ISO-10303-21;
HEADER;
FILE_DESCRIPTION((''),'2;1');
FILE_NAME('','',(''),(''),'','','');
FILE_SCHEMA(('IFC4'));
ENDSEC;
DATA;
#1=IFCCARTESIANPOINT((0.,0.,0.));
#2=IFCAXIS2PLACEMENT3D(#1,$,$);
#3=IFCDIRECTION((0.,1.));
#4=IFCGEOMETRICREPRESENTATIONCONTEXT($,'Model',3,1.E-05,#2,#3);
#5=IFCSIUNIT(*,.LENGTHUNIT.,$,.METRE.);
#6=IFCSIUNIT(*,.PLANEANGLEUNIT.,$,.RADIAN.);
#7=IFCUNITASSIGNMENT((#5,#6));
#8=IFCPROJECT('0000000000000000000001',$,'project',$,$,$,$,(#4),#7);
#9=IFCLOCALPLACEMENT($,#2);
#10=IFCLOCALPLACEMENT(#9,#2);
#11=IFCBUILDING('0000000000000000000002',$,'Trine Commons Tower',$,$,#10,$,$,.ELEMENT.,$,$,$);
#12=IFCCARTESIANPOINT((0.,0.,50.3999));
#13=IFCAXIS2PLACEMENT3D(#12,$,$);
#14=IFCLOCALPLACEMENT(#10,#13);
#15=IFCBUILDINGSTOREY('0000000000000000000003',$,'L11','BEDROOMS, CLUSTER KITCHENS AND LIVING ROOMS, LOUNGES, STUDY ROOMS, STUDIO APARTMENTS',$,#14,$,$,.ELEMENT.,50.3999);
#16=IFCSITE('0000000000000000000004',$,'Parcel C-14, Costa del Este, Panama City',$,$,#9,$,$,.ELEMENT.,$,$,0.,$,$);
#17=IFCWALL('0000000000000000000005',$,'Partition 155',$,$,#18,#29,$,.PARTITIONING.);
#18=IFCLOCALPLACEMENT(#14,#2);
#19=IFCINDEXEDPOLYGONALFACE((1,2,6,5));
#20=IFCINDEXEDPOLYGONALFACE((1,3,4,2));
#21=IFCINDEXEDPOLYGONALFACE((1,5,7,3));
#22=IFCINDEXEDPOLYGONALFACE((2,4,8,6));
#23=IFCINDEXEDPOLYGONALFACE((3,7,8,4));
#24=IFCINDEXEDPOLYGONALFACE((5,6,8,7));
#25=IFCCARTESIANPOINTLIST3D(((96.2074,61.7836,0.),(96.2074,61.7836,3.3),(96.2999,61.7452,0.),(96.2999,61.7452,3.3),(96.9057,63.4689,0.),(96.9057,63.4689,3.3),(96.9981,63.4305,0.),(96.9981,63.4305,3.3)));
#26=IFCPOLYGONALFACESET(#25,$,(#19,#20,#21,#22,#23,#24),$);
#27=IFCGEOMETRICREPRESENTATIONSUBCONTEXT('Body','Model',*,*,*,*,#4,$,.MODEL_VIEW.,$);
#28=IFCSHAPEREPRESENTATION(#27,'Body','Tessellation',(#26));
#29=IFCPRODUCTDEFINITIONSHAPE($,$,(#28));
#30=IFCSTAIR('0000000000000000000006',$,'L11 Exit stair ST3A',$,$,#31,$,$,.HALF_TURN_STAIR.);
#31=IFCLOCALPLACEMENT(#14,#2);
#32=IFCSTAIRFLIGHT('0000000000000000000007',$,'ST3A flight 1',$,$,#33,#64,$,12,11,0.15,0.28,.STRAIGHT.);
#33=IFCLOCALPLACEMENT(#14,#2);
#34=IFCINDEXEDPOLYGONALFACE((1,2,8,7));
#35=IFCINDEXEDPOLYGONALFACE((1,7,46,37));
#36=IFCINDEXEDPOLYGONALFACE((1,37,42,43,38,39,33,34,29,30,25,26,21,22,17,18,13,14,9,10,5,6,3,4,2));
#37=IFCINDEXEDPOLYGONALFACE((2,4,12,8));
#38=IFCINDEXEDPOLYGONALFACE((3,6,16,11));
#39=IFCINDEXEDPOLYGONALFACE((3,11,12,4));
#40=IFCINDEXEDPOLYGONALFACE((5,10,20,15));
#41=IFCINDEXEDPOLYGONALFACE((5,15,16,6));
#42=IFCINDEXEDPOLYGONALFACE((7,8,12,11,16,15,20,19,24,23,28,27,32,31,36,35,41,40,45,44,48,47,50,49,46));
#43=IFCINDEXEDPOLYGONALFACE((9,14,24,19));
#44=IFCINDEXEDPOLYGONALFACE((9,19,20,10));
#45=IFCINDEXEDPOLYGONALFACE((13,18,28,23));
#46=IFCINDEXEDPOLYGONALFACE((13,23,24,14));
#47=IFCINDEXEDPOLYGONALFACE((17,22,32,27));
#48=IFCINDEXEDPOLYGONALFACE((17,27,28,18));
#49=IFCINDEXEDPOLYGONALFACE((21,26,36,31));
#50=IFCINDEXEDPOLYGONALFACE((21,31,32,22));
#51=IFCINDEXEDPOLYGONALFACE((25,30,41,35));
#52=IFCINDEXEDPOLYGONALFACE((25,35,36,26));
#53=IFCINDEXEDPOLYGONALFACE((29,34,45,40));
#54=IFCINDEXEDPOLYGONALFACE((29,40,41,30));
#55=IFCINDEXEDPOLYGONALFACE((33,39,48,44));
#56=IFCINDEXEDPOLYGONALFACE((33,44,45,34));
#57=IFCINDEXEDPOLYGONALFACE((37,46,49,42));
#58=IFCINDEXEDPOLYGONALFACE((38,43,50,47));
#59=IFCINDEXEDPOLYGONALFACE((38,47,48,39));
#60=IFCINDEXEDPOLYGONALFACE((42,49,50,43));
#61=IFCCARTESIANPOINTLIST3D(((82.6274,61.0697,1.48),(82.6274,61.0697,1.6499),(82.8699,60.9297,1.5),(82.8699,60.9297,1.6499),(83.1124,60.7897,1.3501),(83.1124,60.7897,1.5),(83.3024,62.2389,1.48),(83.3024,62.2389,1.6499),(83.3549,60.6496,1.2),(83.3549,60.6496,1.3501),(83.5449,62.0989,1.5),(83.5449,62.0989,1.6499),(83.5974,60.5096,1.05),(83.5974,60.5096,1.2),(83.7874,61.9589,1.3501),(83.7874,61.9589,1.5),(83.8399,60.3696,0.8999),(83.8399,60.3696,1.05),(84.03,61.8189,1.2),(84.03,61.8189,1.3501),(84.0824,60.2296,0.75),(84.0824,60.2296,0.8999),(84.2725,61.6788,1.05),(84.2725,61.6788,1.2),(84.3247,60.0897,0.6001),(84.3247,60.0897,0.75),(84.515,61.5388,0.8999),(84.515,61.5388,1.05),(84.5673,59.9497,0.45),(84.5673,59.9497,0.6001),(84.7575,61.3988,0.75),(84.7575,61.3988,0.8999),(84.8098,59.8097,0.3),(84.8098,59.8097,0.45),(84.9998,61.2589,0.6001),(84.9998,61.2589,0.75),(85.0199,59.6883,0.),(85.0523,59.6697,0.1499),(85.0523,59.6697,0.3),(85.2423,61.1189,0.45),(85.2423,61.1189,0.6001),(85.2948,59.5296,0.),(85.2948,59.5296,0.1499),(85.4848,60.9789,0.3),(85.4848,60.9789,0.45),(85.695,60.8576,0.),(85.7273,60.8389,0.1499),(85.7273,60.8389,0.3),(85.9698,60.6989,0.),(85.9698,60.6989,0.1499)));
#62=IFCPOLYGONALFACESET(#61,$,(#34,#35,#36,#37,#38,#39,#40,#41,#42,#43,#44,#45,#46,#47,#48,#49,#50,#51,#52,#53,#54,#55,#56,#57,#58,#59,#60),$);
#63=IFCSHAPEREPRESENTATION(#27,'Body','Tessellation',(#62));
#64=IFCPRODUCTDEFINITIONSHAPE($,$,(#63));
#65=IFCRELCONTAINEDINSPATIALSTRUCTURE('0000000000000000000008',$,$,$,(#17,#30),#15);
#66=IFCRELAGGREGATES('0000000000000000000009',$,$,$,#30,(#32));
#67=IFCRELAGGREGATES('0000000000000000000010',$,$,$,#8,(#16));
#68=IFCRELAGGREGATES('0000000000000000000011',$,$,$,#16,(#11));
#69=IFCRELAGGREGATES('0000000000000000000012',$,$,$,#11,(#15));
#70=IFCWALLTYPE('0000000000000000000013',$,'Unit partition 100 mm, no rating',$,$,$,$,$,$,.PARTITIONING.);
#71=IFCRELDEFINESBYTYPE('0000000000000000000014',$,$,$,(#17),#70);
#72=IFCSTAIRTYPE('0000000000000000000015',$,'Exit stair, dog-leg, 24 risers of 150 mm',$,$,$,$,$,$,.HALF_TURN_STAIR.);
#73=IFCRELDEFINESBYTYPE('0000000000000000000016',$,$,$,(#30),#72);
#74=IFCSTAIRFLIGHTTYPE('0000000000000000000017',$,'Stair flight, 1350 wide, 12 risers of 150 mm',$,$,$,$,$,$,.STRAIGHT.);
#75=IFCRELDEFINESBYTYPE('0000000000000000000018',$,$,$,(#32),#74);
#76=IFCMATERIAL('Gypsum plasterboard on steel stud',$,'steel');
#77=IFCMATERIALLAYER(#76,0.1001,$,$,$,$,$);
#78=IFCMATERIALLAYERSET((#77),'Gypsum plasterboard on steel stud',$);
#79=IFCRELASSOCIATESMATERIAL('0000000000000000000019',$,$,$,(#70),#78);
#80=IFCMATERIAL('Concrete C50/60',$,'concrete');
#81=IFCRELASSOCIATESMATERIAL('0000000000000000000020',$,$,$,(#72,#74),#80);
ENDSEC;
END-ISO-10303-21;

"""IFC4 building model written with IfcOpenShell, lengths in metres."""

from ifc_helpers import new_model, si_unit, direction, frame, frame_2d, origin, place, context, subcontext, project, spatial, polyline, rectangle, outline, extrude, material, layer, layer_set, type_object, element, aggregate, save


model = new_model("IFC4")

# Units and contexts
model_context = context("Model", 3, precision=1e-05, world=origin(), true_north=direction((0.0, 1.0)))
body_context = subcontext(model_context, "Body", "Model", "MODEL_VIEW")
ifc_project = project(units=[si_unit("LENGTHUNIT", "METRE"), si_unit("PLANEANGLEUNIT", "RADIAN")], contexts=[model_context])

# Site, building, storey
site_placement = place(None, origin())
site = spatial("IfcSite", under=ifc_project, at=site_placement, Name="Parcel C-14, Costa del Este, Panama City", CompositionType="ELEMENT", RefElevation=0.0)
building_placement = place(site_placement, origin())
building = spatial("IfcBuilding", under=site, at=building_placement, Name="Trine Commons Tower", CompositionType="ELEMENT")
storey_placement = place(building_placement, frame((0.0, 0.0, 50.3999)))
storey = spatial("IfcBuildingStorey", under=building, at=storey_placement, Name="L11", Description="BEDROOMS, CLUSTER KITCHENS AND LIVING ROOMS, LOUNGES, STUDY ROOMS, STUDIO APARTMENTS", CompositionType="ELEMENT", Elevation=50.3999)

# Shared definitions
ifc_material_1 = material(Name="Gypsum plasterboard on steel stud", Category="steel")

# Shared definitions
ifc_layer_1 = layer(ifc_material_1, 0.1001)
ifc_layer_set_1 = layer_set([ifc_layer_1], Name="Gypsum plasterboard on steel stud")
wall_type_1 = type_object("IfcWallType", Name="Unit partition 100 mm, no rating", PredefinedType="PARTITIONING", material=ifc_layer_set_1)

# Wall
wall_1_placement = place(storey_placement, frame((96.2537, 61.7644, 0.0), z_axis=(0.0, 0.0, 1.0), x_axis=(0.382762, 0.923847, 0.0)))
element("IfcWall", 1, at=wall_1_placement, inside=storey, type_object=wall_type_1, Name="Partition 155", PredefinedType="PARTITIONING", context=body_context, shape_type="SweptSolid", body=[
    extrude(rectangle(XDim=1.8242, YDim=0.1001, at=frame_2d((0.9121, 0.0))), origin(), (0.0, 0.0, 1.0), 3.3),
])

# Stair, stair flight
ifc_material_2 = material(Name="Concrete C50/60", Category="concrete")
stair_type = type_object("IfcStairType", Name="Exit stair, dog-leg, 24 risers of 150 mm", PredefinedType="HALF_TURN_STAIR", material=ifc_material_2)
stair_placement = place(storey_placement, origin())
stair = element("IfcStair", 2, at=stair_placement, inside=storey, type_object=stair_type, Name="L11 Exit stair ST3A", PredefinedType="HALF_TURN_STAIR")
stair_flight_type = type_object("IfcStairFlightType", Name="Stair flight, 1350 wide, 12 risers of 150 mm", PredefinedType="STRAIGHT", material=ifc_material_2)
stair_flight_placement = place(storey_placement, frame((85.6323, 60.1143, 0.0), z_axis=(0.0, 0.0, 1.0), x_axis=(-0.866025, 0.5, 0.0)))
stair_flight = element("IfcStairFlight", 3, at=stair_flight_placement, type_object=stair_flight_type, Name="ST3A flight 1", NumberOfRisers=12, NumberOfTreads=11, PredefinedType="STRAIGHT", RiserHeight=0.15, TreadLength=0.28, context=body_context, shape_type="SweptSolid", body=[
    extrude(outline(polyline([(0.0, 0.0), (0.0, 0.1499), (0.28, 0.1499), (0.28, 0.3), (0.5601, 0.3), (0.5601, 0.45), (0.8401, 0.45), (0.8401, 0.6001), (1.1201, 0.6001), (1.1201, 0.75), (1.3999, 0.75), (1.3999, 0.8999), (1.6799, 0.8999), (1.6799, 1.05), (1.96, 1.05), (1.96, 1.2), (2.24, 1.2), (2.24, 1.3501), (2.52, 1.3501), (2.52, 1.5), (2.8, 1.5), (2.8, 1.6499), (3.0801, 1.6499), (3.0801, 1.8), (3.0801, 1.48), (0.3174, 0.0), (0.0, 0.0)])), frame((0.0, 0.675, 0.0), z_axis=(0.0, -1.0, 0.0), x_axis=(1.0, 0.0, 0.0)), (0.0, 0.0, 1.0), 1.3501),
])
aggregate(stair, [stair_flight])

save(model, "model.ifc")
